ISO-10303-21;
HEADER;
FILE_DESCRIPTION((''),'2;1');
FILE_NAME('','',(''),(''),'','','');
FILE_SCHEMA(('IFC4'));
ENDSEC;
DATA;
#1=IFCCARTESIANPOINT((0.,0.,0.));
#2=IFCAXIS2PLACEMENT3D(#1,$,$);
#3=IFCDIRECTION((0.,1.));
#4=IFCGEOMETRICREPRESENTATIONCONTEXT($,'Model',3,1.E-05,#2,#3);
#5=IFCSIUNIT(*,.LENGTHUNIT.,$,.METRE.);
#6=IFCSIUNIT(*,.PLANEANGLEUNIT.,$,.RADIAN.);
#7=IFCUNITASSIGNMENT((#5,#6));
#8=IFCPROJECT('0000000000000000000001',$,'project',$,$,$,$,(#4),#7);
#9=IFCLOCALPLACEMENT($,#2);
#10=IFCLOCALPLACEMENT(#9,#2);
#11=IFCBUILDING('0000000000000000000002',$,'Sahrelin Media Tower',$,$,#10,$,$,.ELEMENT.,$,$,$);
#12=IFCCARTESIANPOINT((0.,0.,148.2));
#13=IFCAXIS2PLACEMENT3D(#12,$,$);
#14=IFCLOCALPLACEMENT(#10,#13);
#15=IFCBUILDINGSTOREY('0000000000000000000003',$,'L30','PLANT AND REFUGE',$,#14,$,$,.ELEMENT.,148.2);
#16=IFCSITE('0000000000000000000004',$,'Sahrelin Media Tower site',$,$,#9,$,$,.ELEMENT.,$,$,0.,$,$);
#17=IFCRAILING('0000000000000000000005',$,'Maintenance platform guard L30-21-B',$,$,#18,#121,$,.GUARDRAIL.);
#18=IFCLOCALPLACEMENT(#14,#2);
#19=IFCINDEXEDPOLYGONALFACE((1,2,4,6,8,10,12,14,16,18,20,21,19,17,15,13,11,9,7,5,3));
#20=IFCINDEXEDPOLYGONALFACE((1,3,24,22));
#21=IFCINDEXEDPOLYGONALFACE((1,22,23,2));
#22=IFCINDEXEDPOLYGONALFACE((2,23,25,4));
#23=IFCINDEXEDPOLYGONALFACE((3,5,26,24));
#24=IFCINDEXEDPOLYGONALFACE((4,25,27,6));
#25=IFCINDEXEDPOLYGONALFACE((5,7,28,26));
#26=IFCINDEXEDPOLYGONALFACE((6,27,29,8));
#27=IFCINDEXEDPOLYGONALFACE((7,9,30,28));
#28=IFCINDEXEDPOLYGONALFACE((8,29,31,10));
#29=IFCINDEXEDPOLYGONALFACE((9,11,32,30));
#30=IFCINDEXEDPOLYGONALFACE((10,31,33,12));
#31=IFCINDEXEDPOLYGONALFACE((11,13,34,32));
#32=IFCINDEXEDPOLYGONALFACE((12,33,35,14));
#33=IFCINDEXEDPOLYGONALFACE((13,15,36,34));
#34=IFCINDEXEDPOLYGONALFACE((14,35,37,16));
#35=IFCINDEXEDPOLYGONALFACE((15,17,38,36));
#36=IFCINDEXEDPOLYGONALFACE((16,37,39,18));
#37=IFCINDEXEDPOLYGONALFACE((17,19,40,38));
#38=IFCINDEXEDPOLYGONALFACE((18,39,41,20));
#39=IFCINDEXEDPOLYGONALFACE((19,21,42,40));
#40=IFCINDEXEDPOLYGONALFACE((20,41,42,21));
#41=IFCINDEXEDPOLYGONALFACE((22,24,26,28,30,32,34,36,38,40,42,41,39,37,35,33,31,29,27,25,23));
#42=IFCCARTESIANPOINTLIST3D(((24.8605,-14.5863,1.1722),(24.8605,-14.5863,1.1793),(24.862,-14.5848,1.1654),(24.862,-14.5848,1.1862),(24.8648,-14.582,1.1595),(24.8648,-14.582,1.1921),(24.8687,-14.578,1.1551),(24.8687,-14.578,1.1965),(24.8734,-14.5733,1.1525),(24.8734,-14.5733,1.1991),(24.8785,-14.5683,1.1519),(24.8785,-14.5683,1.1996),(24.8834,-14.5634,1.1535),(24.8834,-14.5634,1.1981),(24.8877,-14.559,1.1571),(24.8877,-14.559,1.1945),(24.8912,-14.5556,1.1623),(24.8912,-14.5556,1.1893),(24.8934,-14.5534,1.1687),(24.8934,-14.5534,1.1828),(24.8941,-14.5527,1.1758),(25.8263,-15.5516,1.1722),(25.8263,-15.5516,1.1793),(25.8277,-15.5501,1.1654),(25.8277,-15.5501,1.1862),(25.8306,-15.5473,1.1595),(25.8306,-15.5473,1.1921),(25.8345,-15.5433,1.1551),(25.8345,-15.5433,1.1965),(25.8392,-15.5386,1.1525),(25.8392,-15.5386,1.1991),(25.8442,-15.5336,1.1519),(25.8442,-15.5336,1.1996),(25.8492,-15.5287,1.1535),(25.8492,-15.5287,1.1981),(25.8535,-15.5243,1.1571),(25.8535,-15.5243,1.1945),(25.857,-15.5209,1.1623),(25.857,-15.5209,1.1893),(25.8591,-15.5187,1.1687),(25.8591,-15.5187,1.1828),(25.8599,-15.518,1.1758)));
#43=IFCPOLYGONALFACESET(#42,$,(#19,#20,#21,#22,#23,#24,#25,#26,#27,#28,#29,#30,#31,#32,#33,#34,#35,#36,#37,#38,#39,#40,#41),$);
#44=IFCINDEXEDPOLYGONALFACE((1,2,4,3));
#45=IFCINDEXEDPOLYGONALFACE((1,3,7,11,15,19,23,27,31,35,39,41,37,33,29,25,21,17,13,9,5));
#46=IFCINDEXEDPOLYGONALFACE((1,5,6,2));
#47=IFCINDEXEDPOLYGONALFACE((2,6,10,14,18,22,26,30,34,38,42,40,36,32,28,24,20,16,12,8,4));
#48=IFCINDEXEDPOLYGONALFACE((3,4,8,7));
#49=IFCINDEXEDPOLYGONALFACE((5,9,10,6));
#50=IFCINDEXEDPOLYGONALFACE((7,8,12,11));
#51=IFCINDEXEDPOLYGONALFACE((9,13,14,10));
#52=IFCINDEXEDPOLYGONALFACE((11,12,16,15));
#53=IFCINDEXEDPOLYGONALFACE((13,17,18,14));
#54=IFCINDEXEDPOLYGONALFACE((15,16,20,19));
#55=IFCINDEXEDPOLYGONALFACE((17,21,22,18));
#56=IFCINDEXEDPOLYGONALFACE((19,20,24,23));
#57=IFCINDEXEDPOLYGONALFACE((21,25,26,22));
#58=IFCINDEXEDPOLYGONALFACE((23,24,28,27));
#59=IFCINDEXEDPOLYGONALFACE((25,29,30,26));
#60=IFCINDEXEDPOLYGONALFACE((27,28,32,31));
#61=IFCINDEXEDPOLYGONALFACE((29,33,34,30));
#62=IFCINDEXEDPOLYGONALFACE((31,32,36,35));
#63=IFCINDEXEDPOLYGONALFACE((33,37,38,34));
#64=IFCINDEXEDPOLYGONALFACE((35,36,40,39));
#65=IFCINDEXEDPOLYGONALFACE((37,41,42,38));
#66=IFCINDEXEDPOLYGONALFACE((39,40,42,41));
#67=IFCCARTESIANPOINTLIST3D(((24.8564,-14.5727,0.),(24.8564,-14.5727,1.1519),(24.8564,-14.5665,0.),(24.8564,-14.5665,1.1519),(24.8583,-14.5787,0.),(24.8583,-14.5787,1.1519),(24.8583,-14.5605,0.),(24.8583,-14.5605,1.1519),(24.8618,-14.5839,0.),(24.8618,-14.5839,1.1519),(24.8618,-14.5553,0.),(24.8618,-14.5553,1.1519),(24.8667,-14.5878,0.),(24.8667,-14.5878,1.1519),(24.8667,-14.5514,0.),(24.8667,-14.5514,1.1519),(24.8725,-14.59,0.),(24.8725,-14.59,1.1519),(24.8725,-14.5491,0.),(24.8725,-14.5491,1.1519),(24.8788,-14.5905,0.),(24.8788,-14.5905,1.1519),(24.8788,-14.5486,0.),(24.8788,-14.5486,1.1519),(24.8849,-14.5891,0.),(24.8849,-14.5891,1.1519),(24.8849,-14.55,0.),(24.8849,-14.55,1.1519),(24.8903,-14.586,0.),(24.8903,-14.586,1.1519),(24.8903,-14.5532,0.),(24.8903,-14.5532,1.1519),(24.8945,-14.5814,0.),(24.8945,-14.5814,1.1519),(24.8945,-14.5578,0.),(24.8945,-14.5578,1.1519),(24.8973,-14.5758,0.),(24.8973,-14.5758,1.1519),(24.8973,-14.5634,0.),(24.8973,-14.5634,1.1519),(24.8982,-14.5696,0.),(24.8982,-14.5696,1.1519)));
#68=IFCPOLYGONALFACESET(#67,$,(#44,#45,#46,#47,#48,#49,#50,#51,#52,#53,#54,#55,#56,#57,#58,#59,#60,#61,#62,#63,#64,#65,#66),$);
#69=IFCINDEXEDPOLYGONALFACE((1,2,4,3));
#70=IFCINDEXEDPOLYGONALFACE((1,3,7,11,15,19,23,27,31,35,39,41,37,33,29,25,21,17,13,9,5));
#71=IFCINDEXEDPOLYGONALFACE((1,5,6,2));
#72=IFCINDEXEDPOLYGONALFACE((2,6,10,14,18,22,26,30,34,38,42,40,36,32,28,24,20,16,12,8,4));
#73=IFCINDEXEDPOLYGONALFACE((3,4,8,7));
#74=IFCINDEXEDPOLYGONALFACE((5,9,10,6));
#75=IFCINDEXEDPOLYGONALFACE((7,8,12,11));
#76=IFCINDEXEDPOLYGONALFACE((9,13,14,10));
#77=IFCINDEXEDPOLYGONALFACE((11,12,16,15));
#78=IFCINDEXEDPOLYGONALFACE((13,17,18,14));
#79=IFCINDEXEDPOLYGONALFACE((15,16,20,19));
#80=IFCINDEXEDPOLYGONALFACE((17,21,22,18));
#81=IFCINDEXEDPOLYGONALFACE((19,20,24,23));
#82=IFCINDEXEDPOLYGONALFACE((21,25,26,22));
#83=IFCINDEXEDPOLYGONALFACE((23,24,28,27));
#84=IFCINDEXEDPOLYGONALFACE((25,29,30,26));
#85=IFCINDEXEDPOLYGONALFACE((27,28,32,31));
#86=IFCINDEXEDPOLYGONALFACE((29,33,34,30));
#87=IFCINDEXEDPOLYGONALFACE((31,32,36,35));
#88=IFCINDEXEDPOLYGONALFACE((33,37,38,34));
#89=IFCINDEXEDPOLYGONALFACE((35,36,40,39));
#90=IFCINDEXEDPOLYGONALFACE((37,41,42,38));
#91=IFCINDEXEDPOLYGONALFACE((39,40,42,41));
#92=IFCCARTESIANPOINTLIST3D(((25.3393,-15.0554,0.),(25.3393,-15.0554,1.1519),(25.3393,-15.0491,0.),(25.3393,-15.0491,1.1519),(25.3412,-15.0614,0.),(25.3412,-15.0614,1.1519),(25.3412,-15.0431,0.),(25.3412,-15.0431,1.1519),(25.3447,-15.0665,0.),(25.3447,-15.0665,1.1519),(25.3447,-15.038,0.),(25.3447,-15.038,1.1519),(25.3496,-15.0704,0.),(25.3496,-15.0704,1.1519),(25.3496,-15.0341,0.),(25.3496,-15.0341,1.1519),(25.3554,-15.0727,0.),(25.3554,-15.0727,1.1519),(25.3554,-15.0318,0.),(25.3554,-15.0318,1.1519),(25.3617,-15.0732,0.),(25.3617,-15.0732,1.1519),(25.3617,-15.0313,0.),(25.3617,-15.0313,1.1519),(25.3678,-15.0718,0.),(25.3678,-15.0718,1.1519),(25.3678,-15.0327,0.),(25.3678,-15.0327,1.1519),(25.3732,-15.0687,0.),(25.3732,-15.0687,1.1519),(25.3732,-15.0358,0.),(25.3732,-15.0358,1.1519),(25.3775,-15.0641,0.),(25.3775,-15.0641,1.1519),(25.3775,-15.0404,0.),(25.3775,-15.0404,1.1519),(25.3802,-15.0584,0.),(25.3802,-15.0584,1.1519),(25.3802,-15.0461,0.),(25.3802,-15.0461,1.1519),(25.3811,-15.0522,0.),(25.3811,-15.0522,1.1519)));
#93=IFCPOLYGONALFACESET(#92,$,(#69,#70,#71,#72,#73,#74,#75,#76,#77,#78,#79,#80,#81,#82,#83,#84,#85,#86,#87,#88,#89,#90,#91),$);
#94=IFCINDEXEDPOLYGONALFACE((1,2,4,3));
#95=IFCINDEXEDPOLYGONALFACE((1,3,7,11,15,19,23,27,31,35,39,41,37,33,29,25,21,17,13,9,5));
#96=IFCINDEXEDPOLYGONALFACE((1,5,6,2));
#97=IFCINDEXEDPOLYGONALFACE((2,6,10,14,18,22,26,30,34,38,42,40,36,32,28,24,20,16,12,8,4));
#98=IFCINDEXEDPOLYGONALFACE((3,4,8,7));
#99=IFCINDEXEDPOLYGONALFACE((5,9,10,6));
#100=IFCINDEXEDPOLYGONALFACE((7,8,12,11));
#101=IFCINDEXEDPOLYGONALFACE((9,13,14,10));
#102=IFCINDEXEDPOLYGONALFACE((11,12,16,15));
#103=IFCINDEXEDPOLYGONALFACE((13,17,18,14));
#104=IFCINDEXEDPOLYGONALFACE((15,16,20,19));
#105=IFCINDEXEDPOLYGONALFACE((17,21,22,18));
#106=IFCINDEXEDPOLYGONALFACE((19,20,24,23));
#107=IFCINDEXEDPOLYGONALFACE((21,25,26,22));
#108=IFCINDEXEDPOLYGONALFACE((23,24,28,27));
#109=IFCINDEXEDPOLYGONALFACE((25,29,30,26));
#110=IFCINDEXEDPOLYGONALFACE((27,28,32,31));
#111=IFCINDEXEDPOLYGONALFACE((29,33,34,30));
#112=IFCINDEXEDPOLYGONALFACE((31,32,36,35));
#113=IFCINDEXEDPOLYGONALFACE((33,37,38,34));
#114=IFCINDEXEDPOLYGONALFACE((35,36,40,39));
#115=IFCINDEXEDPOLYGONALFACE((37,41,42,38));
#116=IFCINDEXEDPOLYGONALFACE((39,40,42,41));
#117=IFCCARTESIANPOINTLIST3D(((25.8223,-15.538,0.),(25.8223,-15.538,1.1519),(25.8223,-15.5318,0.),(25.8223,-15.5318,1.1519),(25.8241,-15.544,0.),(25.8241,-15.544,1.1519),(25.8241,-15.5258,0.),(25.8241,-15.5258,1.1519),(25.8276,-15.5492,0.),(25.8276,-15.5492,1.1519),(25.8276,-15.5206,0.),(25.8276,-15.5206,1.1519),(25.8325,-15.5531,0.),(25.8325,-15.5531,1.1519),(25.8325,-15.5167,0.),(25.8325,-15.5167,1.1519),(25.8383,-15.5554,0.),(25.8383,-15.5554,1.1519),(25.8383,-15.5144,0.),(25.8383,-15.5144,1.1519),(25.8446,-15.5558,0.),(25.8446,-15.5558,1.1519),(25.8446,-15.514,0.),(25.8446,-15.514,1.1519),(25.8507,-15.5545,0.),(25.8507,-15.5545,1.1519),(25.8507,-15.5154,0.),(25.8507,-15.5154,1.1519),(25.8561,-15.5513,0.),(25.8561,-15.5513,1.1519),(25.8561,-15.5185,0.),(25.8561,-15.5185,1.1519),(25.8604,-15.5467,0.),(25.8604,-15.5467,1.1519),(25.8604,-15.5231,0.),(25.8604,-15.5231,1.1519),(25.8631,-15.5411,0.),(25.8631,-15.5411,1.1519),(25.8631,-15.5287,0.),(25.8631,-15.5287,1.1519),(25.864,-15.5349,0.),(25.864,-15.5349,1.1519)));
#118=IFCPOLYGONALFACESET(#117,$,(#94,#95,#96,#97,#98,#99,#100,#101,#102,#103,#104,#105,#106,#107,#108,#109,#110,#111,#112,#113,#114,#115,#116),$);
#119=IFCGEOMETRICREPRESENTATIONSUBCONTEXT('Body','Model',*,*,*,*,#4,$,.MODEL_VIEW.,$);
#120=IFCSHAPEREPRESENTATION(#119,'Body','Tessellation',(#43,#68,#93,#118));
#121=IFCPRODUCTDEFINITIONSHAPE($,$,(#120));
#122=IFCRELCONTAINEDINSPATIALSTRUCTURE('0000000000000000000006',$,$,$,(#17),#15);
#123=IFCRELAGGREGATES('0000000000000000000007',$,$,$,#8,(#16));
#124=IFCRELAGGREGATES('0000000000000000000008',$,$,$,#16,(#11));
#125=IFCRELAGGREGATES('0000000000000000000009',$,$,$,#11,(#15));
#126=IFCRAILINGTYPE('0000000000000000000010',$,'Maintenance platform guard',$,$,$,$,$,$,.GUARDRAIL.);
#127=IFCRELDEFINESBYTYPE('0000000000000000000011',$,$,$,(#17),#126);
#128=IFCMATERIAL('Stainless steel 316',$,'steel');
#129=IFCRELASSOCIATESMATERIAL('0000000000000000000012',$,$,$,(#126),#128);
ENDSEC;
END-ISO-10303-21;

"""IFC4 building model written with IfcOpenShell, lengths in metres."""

from ifc_helpers import new_model, si_unit, direction, frame, origin, origin_2d, place, context, subcontext, project, spatial, circle, extrude, material, type_object, element, save


model = new_model("IFC4")

# Units and contexts
model_context = context("Model", 3, precision=1e-05, world=origin(), true_north=direction((0.0, 1.0)))
body_context = subcontext(model_context, "Body", "Model", "MODEL_VIEW")
ifc_project = project(units=[si_unit("LENGTHUNIT", "METRE"), si_unit("PLANEANGLEUNIT", "RADIAN")], contexts=[model_context])

# Site, building, storey
site_placement = place(None, origin())
site = spatial("IfcSite", under=ifc_project, at=site_placement, Name="Sahrelin Media Tower site", CompositionType="ELEMENT", RefElevation=0.0)
building_placement = place(site_placement, origin())
building = spatial("IfcBuilding", under=site, at=building_placement, Name="Sahrelin Media Tower", CompositionType="ELEMENT")
storey_placement = place(building_placement, frame((0.0, 0.0, 148.2)))
storey = spatial("IfcBuildingStorey", under=building, at=storey_placement, Name="L30", Description="PLANT AND REFUGE", CompositionType="ELEMENT", Elevation=148.2)

# Railing
ifc_material_1 = material(Name="Stainless steel 316", Category="steel")
railing_type = type_object("IfcRailingType", Name="Maintenance platform guard", PredefinedType="GUARDRAIL", material=ifc_material_1)
railing_1_placement = place(storey_placement, frame((24.8772, -14.5696, 0.0)))
element("IfcRailing", 1, at=railing_1_placement, inside=storey, type_object=railing_type, Name="Maintenance platform guard L30-21-B", PredefinedType="GUARDRAIL", context=body_context, shape_type="SweptSolid", body=[
    extrude(circle(Radius=0.0239, at=origin_2d()), frame((0.0, 0.0, 1.1758), z_axis=(0.707286, -0.706928, 0.0), x_axis=(0.706928, 0.707286, 0.0)), (0.0, 0.0, 1.0), 1.3655),
    extrude(circle(Radius=0.021, at=origin_2d()), origin(), (0.0, 0.0, 1.0), 1.1519),
    extrude(circle(Radius=0.021, at=origin_2d()), frame((0.4829, -0.4827, 0.0)), (0.0, 0.0, 1.0), 1.1519),
    extrude(circle(Radius=0.021, at=origin_2d()), frame((0.9658, -0.9653, 0.0)), (0.0, 0.0, 1.0), 1.1519),
])

save(model, "model.ifc")
